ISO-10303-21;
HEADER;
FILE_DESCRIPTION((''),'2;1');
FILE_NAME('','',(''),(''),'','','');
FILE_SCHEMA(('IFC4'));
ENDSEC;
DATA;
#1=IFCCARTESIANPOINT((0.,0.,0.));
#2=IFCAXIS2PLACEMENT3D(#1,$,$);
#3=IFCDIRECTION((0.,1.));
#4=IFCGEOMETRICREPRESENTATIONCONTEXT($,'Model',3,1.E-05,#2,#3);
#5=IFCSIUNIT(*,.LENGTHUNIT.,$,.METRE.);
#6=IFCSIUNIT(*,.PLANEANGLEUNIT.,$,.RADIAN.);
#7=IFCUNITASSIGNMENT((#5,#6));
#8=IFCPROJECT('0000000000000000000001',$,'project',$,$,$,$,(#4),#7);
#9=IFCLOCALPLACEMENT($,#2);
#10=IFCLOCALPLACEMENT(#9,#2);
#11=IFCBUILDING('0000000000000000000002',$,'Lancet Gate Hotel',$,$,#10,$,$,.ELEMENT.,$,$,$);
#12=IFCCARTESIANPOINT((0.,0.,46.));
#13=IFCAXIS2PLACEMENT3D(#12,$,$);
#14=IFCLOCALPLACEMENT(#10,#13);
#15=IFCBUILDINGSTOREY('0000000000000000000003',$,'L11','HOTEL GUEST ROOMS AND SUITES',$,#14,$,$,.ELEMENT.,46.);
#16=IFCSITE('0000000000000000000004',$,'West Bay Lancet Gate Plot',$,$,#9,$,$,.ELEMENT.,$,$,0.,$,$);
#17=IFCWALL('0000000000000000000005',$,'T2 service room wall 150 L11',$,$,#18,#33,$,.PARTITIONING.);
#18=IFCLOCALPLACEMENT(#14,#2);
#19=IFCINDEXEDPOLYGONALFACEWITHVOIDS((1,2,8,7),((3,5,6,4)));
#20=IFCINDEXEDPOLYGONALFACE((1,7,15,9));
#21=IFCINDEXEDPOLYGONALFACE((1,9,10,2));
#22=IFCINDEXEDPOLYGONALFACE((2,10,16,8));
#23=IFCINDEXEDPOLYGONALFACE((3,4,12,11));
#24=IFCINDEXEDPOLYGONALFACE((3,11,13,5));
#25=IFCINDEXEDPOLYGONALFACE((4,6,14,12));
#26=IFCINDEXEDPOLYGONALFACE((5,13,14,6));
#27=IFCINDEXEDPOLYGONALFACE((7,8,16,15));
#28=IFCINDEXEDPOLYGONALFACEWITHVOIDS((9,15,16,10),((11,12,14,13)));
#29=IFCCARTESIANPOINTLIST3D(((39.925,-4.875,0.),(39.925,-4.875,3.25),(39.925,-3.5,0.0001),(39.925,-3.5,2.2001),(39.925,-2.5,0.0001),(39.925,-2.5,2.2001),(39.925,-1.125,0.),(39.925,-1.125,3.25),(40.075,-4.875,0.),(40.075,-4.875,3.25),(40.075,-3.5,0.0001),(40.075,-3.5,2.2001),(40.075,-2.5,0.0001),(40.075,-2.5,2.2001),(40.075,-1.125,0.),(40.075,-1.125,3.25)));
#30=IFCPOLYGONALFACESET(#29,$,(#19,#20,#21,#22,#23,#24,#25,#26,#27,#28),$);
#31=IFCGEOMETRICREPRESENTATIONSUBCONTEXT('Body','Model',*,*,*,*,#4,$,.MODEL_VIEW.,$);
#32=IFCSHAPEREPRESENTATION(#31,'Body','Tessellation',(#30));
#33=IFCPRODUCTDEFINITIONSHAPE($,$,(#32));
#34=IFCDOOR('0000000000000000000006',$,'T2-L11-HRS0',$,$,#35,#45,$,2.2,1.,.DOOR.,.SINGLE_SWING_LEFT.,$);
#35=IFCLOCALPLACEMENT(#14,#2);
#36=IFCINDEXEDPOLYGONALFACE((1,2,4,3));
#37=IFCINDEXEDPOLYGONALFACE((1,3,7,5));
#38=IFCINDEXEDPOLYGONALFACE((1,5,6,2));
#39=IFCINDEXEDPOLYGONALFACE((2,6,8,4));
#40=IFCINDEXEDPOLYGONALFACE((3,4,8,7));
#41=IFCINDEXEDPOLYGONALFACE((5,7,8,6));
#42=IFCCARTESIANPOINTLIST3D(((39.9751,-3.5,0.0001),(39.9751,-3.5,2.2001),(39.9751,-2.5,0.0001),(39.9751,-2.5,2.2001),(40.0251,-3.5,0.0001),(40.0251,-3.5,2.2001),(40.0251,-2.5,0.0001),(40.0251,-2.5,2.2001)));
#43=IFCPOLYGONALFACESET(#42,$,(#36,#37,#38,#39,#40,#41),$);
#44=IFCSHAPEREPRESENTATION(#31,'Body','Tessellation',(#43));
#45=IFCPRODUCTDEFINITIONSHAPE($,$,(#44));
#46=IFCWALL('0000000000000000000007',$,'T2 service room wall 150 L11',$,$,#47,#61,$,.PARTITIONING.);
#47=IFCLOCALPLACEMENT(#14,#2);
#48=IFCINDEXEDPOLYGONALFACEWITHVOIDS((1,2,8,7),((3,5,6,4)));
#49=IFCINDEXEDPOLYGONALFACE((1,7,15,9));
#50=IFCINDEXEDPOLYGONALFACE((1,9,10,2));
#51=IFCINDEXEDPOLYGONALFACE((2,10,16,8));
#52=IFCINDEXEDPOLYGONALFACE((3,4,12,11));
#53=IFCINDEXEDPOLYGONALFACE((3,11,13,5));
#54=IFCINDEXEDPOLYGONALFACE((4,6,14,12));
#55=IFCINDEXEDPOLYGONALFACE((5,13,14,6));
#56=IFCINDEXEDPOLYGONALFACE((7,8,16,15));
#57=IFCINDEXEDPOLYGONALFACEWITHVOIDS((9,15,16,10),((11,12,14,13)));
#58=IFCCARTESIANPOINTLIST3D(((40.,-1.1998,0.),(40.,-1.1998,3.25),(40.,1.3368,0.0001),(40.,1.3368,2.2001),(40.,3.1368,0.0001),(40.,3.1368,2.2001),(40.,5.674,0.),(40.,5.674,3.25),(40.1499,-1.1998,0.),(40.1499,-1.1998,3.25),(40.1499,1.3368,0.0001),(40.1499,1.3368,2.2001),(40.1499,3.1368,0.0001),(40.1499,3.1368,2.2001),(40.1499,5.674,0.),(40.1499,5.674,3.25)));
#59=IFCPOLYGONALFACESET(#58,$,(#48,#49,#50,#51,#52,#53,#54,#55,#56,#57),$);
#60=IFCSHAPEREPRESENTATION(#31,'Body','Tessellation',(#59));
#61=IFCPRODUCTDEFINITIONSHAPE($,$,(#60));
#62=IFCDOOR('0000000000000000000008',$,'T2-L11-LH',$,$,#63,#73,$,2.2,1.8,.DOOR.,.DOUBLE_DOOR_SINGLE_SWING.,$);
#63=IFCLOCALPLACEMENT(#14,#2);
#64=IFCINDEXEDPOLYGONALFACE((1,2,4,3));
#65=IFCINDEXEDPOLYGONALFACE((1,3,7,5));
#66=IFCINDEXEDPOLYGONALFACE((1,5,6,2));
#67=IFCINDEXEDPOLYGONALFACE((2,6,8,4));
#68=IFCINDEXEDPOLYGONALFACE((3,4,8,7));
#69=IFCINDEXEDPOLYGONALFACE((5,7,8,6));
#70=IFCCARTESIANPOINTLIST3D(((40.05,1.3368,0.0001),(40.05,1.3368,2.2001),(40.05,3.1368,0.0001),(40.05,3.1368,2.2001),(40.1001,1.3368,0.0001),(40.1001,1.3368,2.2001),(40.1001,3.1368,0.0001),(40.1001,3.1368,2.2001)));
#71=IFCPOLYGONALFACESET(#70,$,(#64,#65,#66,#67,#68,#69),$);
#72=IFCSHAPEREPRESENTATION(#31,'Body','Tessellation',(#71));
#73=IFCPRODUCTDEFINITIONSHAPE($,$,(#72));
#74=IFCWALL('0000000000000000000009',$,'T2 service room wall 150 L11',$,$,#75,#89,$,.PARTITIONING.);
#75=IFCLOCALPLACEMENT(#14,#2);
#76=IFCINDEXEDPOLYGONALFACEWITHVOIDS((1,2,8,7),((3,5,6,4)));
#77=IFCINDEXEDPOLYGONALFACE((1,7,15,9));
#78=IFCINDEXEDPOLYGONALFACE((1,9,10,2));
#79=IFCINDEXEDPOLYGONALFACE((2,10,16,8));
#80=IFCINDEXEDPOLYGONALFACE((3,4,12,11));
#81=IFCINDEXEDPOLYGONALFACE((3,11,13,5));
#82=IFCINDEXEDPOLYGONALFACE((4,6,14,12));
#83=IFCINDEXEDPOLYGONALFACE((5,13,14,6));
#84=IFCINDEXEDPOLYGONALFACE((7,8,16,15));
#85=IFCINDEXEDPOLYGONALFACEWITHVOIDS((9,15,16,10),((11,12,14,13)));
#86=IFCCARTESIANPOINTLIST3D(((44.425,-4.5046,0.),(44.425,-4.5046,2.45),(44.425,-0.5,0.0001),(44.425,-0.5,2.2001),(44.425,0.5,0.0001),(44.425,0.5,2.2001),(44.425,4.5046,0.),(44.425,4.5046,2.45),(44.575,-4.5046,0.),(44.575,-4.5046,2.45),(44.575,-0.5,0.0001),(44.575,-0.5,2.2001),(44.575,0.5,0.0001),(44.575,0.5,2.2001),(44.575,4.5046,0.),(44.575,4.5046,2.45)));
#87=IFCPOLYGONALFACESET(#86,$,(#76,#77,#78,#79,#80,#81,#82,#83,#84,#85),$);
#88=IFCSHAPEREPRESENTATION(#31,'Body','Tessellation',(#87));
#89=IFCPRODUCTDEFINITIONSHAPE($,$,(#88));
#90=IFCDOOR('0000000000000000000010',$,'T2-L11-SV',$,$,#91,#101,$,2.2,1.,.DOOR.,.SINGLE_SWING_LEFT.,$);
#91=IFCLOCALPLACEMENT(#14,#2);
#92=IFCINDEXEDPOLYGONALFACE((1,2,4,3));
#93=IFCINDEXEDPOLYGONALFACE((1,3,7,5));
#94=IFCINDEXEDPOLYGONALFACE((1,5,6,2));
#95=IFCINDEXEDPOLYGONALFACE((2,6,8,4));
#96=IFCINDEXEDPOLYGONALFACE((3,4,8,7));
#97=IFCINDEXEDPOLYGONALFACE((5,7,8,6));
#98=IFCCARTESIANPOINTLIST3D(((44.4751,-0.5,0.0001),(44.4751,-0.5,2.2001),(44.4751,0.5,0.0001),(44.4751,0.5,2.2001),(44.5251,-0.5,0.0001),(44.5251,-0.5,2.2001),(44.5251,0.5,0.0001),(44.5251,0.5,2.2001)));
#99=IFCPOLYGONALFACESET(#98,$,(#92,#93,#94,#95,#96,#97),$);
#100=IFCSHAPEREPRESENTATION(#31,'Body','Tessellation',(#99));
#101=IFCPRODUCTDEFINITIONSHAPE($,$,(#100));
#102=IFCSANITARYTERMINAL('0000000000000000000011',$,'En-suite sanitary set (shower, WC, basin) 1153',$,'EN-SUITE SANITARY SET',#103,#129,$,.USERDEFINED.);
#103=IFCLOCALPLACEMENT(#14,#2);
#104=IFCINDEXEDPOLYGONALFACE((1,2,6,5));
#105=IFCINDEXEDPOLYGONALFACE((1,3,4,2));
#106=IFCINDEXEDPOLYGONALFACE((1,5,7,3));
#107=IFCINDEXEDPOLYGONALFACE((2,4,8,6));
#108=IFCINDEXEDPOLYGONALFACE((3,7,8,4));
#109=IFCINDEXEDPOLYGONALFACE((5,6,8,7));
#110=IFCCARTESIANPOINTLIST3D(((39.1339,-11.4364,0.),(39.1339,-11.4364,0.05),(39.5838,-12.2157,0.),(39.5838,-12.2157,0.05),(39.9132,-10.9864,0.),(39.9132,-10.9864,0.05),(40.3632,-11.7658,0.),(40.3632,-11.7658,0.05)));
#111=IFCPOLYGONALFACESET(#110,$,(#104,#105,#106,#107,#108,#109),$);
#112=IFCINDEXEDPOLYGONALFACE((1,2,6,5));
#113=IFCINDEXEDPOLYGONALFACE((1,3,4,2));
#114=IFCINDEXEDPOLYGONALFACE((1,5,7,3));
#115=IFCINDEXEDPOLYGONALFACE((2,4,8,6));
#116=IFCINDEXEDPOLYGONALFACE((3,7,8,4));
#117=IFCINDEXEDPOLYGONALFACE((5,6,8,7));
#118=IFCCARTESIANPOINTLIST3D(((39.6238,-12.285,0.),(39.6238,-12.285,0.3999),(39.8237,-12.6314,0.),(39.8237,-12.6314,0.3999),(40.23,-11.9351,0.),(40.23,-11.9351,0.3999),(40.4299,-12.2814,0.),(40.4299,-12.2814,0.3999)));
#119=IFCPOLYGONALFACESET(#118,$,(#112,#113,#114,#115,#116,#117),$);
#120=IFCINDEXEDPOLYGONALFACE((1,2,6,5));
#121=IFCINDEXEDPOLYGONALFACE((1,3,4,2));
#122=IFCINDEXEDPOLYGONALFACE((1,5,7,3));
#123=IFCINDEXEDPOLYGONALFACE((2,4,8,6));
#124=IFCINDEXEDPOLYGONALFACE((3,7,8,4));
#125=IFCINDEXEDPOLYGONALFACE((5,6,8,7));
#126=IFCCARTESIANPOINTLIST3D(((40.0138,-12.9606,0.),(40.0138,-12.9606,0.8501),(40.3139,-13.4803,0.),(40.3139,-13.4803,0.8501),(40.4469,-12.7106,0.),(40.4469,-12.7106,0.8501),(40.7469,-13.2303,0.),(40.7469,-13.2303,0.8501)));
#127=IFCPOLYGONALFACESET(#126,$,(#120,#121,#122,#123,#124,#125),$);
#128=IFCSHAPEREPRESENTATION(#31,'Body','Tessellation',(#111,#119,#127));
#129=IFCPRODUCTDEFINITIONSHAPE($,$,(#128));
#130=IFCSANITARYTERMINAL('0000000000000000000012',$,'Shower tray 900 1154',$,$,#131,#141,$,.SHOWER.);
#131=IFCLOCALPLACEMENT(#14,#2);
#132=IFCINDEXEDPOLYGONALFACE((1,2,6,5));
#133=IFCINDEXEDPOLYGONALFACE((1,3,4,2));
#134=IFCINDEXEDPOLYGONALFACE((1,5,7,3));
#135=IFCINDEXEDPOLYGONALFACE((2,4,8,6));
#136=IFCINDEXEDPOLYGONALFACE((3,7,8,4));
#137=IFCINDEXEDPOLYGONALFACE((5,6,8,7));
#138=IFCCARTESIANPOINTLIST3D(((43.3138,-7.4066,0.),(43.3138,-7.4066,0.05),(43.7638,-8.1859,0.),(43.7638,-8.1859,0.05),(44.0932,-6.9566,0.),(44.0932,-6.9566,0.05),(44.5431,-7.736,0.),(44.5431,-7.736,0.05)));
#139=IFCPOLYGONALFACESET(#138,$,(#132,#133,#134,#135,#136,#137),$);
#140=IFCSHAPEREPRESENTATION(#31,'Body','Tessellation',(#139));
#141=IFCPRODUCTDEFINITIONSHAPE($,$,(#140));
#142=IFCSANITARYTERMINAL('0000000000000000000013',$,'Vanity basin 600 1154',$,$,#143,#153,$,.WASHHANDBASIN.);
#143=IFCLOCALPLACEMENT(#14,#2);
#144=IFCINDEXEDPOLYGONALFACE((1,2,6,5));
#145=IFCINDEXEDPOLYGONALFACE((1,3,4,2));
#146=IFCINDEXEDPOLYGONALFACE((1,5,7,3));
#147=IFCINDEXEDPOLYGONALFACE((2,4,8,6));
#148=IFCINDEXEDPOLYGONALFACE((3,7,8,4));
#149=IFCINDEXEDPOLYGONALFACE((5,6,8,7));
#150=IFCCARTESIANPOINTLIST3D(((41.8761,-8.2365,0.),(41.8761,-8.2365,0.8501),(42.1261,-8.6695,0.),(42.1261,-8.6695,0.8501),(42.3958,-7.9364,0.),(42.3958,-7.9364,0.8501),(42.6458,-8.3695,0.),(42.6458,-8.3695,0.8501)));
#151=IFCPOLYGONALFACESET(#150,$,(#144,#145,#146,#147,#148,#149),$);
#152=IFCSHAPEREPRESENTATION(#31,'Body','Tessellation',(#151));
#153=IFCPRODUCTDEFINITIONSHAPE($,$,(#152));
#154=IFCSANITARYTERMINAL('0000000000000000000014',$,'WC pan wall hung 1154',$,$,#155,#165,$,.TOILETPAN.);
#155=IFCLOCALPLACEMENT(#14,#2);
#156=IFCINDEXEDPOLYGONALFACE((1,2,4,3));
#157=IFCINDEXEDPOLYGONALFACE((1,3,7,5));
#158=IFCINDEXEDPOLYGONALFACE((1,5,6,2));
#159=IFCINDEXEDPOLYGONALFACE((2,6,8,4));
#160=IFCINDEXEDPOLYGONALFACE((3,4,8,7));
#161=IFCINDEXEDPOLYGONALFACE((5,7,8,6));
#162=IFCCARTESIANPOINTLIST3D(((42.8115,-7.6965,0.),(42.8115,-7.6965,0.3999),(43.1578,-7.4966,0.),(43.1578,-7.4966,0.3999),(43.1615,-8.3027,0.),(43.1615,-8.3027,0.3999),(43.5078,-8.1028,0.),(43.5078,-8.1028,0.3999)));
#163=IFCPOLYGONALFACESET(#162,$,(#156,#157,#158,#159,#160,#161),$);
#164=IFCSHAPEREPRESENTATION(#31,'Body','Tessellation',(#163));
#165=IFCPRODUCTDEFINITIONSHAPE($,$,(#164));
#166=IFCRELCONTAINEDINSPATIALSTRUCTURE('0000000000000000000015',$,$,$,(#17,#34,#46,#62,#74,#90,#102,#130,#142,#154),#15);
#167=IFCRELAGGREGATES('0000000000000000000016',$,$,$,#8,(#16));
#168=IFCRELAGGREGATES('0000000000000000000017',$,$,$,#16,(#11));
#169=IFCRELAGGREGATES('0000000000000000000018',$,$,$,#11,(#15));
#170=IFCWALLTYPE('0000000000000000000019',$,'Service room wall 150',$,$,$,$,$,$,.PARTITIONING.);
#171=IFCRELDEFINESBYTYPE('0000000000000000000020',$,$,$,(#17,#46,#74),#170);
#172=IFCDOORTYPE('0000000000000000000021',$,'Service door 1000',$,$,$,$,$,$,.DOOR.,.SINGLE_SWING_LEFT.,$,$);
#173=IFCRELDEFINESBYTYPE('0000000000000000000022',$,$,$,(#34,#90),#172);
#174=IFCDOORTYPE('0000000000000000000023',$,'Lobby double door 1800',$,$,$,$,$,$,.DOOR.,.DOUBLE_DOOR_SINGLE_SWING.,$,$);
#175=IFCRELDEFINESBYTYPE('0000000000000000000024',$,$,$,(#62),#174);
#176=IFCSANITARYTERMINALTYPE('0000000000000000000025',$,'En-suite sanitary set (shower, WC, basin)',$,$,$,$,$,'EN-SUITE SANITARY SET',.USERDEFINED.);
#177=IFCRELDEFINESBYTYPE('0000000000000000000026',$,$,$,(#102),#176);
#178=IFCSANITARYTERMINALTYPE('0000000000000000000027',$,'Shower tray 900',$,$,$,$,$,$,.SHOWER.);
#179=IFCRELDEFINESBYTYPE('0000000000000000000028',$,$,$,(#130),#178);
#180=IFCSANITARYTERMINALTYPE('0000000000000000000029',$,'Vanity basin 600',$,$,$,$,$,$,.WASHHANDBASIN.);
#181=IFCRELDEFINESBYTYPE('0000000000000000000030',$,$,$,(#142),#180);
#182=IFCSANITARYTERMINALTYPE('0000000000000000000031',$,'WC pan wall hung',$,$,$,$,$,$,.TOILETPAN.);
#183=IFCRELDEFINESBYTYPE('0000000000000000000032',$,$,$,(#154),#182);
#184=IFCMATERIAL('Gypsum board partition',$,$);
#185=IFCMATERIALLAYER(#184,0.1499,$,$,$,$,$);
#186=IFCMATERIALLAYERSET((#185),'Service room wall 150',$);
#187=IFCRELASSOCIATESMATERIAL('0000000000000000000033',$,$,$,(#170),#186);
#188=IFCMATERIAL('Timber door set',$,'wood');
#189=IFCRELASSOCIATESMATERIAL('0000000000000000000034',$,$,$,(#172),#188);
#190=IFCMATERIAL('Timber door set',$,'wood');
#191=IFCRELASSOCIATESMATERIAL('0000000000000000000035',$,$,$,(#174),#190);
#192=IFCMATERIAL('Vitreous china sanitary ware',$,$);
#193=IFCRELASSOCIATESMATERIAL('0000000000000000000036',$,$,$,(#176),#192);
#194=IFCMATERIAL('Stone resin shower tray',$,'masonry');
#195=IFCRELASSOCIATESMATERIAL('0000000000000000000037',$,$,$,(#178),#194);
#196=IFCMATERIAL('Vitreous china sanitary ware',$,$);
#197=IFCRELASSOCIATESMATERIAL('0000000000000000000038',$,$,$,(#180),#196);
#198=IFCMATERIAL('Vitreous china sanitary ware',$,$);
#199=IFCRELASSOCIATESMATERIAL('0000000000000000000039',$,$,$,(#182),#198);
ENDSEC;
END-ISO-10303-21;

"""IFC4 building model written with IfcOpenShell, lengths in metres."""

from ifc_helpers import new_model, si_unit, direction, frame, frame_2d, origin, origin_2d, place, context, subcontext, project, spatial, rectangle, extrude, material, layer, layer_set, type_object, element, fill, save


model = new_model("IFC4")

# Units and contexts
model_context = context("Model", 3, precision=1e-05, world=origin(), true_north=direction((0.0, 1.0)))
body_context = subcontext(model_context, "Body", "Model", "MODEL_VIEW")
ifc_project = project(units=[si_unit("LENGTHUNIT", "METRE"), si_unit("PLANEANGLEUNIT", "RADIAN")], contexts=[model_context])

# Site, building, storey
site_placement = place(None, origin())
site = spatial("IfcSite", under=ifc_project, at=site_placement, Name="West Bay Lancet Gate Plot", CompositionType="ELEMENT", RefElevation=0.0)
building_placement = place(site_placement, origin())
building = spatial("IfcBuilding", under=site, at=building_placement, Name="Lancet Gate Hotel", CompositionType="ELEMENT")
storey_placement = place(building_placement, frame((0.0, 0.0, 46.0)))
storey = spatial("IfcBuildingStorey", under=building, at=storey_placement, Name="L11", Description="HOTEL GUEST ROOMS AND SUITES", CompositionType="ELEMENT", Elevation=46.0)

# Walls, openings, doors
ifc_material_1 = material(Name="Gypsum board partition")
ifc_layer_1 = layer(ifc_material_1, 0.1499)
ifc_layer_set_1 = layer_set([ifc_layer_1], Name="Service room wall 150")
wall_type_1 = type_object("IfcWallType", Name="Service room wall 150", PredefinedType="PARTITIONING", material=ifc_layer_set_1)
wall_1_placement = place(storey_placement, frame((40.0, -4.875, 0.0), z_axis=(0.0, 0.0, 1.0), x_axis=(0.0, 1.0, 0.0)))
wall_1 = element("IfcWall", 1, at=wall_1_placement, inside=storey, type_object=wall_type_1, Name="T2 service room wall 150 L11", PredefinedType="PARTITIONING", context=body_context, shape_type="SweptSolid", body=[
    extrude(rectangle(XDim=3.75, YDim=0.1499, at=frame_2d((1.875, 0.0))), origin(), (0.0, 0.0, 1.0), 3.25),
])
opening_1_placement = place(wall_1_placement, frame((1.375, 0.0, 0.0)))
opening_1 = element("IfcOpeningElement", 2, at=opening_1_placement, cuts=wall_1, PredefinedType="OPENING", context=body_context, shape_type="SweptSolid", body=[
    extrude(rectangle(XDim=1.0, YDim=2.2, at=frame_2d((0.5, 1.1001))), frame((0.0, 0.085, 0.0), z_axis=(0.0, -1.0, 0.0), x_axis=(1.0, 0.0, 0.0)), (0.0, 0.0, 1.0), 0.1699),
])
ifc_material_2 = material(Name="Timber door set", Category="wood")
door_type_1 = type_object("IfcDoorType", Name="Service door 1000", OperationType="SINGLE_SWING_LEFT", PredefinedType="DOOR", material=ifc_material_2)
door_1_placement = place(opening_1_placement, origin())
door_1 = element("IfcDoor", 3, at=door_1_placement, inside=storey, type_object=door_type_1, Name="T2-L11-HRS0", OperationType="SINGLE_SWING_LEFT", OverallHeight=2.2, OverallWidth=1.0, PredefinedType="DOOR", context=body_context, shape_type="SweptSolid", body=[
    extrude(rectangle(XDim=1.0, YDim=2.2, at=frame_2d((0.5, 1.1001))), frame((0.0, 0.0249, 0.0), z_axis=(0.0, -1.0, 0.0), x_axis=(1.0, 0.0, 0.0)), (0.0, 0.0, 1.0), 0.05),
])
fill(opening_1, door_1)
wall_2_placement = place(storey_placement, frame((40.075, -1.2, 0.0), z_axis=(0.0, 0.0, 1.0), x_axis=(0.0, 1.0, 0.0)))
wall_2 = element("IfcWall", 4, at=wall_2_placement, inside=storey, type_object=wall_type_1, Name="T2 service room wall 150 L11", PredefinedType="PARTITIONING", context=body_context, shape_type="SweptSolid", body=[
    extrude(rectangle(XDim=6.8738, YDim=0.1499, at=frame_2d((3.437, 0.0))), origin(), (0.0, 0.0, 1.0), 3.25),
])
opening_2_placement = place(wall_2_placement, frame((2.5369, 0.0, 0.0)))
opening_2 = element("IfcOpeningElement", 5, at=opening_2_placement, cuts=wall_2, PredefinedType="OPENING", context=body_context, shape_type="SweptSolid", body=[
    extrude(rectangle(XDim=1.8, YDim=2.2, at=frame_2d((0.8999, 1.1001))), frame((0.0, 0.085, 0.0), z_axis=(0.0, -1.0, 0.0), x_axis=(1.0, 0.0, 0.0)), (0.0, 0.0, 1.0), 0.1699),
])
ifc_material_3 = material(Name="Timber door set", Category="wood")
door_type_2 = type_object("IfcDoorType", Name="Lobby double door 1800", OperationType="DOUBLE_DOOR_SINGLE_SWING", PredefinedType="DOOR", material=ifc_material_3)
door_2_placement = place(opening_2_placement, origin())
door_2 = element("IfcDoor", 6, at=door_2_placement, inside=storey, type_object=door_type_2, Name="T2-L11-LH", OperationType="DOUBLE_DOOR_SINGLE_SWING", OverallHeight=2.2, OverallWidth=1.8, PredefinedType="DOOR", context=body_context, shape_type="SweptSolid", body=[
    extrude(rectangle(XDim=1.8, YDim=2.2, at=frame_2d((0.8999, 1.1001))), frame((0.0, 0.0249, 0.0), z_axis=(0.0, -1.0, 0.0), x_axis=(1.0, 0.0, 0.0)), (0.0, 0.0, 1.0), 0.05),
])
fill(opening_2, door_2)
wall_3_placement = place(storey_placement, frame((44.5, -4.5046, 0.0), z_axis=(0.0, 0.0, 1.0), x_axis=(0.0, 1.0, 0.0)))
wall_3 = element("IfcWall", 7, at=wall_3_placement, inside=storey, type_object=wall_type_1, Name="T2 service room wall 150 L11", PredefinedType="PARTITIONING", context=body_context, shape_type="SweptSolid", body=[
    extrude(rectangle(XDim=9.0093, YDim=0.1499, at=frame_2d((4.5046, 0.0))), origin(), (0.0, 0.0, 1.0), 2.45),
])
opening_3_placement = place(wall_3_placement, frame((4.0046, 0.0, 0.0)))
opening_3 = element("IfcOpeningElement", 8, at=opening_3_placement, cuts=wall_3, PredefinedType="OPENING", context=body_context, shape_type="SweptSolid", body=[
    extrude(rectangle(XDim=1.0, YDim=2.2, at=frame_2d((0.5, 1.1001))), frame((0.0, 0.085, 0.0), z_axis=(0.0, -1.0, 0.0), x_axis=(1.0, 0.0, 0.0)), (0.0, 0.0, 1.0), 0.1699),
])
door_3_placement = place(opening_3_placement, origin())
door_3 = element("IfcDoor", 9, at=door_3_placement, inside=storey, type_object=door_type_1, Name="T2-L11-SV", OperationType="SINGLE_SWING_LEFT", OverallHeight=2.2, OverallWidth=1.0, PredefinedType="DOOR", context=body_context, shape_type="SweptSolid", body=[
    extrude(rectangle(XDim=1.0, YDim=2.2, at=frame_2d((0.5, 1.1001))), frame((0.0, 0.0249, 0.0), z_axis=(0.0, -1.0, 0.0), x_axis=(1.0, 0.0, 0.0)), (0.0, 0.0, 1.0), 0.05),
])
fill(opening_3, door_3)

# Sanitary terminals
ifc_material_4 = material(Name="Vitreous china sanitary ware")
sanitary_terminal_type_1 = type_object("IfcSanitaryTerminalType", Name="En-suite sanitary set (shower, WC, basin)", ElementType="EN-SUITE SANITARY SET", PredefinedType="USERDEFINED", material=ifc_material_4)
sanitary_terminal_1_placement = place(storey_placement, frame((39.7485, -11.6011, 0.0), z_axis=(0.0, 0.0, 1.0), x_axis=(1.0, 0.0, 0.0)))
element("IfcSanitaryTerminal", 10, at=sanitary_terminal_1_placement, inside=storey, type_object=sanitary_terminal_type_1, Name="En-suite sanitary set (shower, WC, basin) 1153", ObjectType="EN-SUITE SANITARY SET", PredefinedType="USERDEFINED", context=body_context, shape_type="SweptSolid", body=[
    extrude(rectangle(XDim=0.8999, YDim=0.8999, at=origin_2d()), frame((0.0, 0.0, 0.0), z_axis=(0.0, 0.0, 1.0), x_axis=(-0.5, 0.866025, 0.0)), (0.0, 0.0, 1.0), 0.05),
    extrude(rectangle(XDim=0.3999, YDim=0.7, at=origin_2d()), frame((0.2783, -0.6821, 0.0), z_axis=(0.0, 0.0, 1.0), x_axis=(-0.5, 0.866025, 0.0)), (0.0, 0.0, 1.0), 0.3999),
    extrude(rectangle(XDim=0.6001, YDim=0.5, at=origin_2d()), frame((0.6318, -1.4944, 0.0), z_axis=(0.0, 0.0, 1.0), x_axis=(-0.5, 0.866025, 0.0)), (0.0, 0.0, 1.0), 0.8501),
])
ifc_material_5 = material(Name="Stone resin shower tray", Category="masonry")
sanitary_terminal_type_2 = type_object("IfcSanitaryTerminalType", Name="Shower tray 900", PredefinedType="SHOWER", material=ifc_material_5)
sanitary_terminal_2_placement = place(storey_placement, frame((43.9285, -7.5713, 0.0), z_axis=(0.0, 0.0, 1.0), x_axis=(0.866025, 0.5, 0.0)))
element("IfcSanitaryTerminal", 11, at=sanitary_terminal_2_placement, inside=storey, type_object=sanitary_terminal_type_2, Name="Shower tray 900 1154", PredefinedType="SHOWER", context=body_context, shape_type="SweptSolid", body=[
    extrude(rectangle(XDim=0.8999, YDim=0.8999, at=origin_2d()), origin(), (0.0, 0.0, 1.0), 0.05),
])
ifc_material_6 = material(Name="Vitreous china sanitary ware")
sanitary_terminal_type_3 = type_object("IfcSanitaryTerminalType", Name="Vanity basin 600", PredefinedType="WASHHANDBASIN", material=ifc_material_6)
sanitary_terminal_3_placement = place(storey_placement, frame((42.261, -8.303, 0.0), z_axis=(0.0, 0.0, 1.0), x_axis=(0.866025, 0.5, 0.0)))
element("IfcSanitaryTerminal", 12, at=sanitary_terminal_3_placement, inside=storey, type_object=sanitary_terminal_type_3, Name="Vanity basin 600 1154", PredefinedType="WASHHANDBASIN", context=body_context, shape_type="SweptSolid", body=[
    extrude(rectangle(XDim=0.6001, YDim=0.5, at=origin_2d()), origin(), (0.0, 0.0, 1.0), 0.8501),
])
ifc_material_7 = material(Name="Vitreous china sanitary ware")
sanitary_terminal_type_4 = type_object("IfcSanitaryTerminalType", Name="WC pan wall hung", PredefinedType="TOILETPAN", material=ifc_material_7)
sanitary_terminal_4_placement = place(storey_placement, frame((43.1597, -7.8997, 0.0), z_axis=(0.0, 0.0, 1.0), x_axis=(0.866025, 0.5, 0.0)))
element("IfcSanitaryTerminal", 13, at=sanitary_terminal_4_placement, inside=storey, type_object=sanitary_terminal_type_4, Name="WC pan wall hung 1154", PredefinedType="TOILETPAN", context=body_context, shape_type="SweptSolid", body=[
    extrude(rectangle(XDim=0.3999, YDim=0.7, at=origin_2d()), origin(), (0.0, 0.0, 1.0), 0.3999),
])

save(model, "model.ifc")
